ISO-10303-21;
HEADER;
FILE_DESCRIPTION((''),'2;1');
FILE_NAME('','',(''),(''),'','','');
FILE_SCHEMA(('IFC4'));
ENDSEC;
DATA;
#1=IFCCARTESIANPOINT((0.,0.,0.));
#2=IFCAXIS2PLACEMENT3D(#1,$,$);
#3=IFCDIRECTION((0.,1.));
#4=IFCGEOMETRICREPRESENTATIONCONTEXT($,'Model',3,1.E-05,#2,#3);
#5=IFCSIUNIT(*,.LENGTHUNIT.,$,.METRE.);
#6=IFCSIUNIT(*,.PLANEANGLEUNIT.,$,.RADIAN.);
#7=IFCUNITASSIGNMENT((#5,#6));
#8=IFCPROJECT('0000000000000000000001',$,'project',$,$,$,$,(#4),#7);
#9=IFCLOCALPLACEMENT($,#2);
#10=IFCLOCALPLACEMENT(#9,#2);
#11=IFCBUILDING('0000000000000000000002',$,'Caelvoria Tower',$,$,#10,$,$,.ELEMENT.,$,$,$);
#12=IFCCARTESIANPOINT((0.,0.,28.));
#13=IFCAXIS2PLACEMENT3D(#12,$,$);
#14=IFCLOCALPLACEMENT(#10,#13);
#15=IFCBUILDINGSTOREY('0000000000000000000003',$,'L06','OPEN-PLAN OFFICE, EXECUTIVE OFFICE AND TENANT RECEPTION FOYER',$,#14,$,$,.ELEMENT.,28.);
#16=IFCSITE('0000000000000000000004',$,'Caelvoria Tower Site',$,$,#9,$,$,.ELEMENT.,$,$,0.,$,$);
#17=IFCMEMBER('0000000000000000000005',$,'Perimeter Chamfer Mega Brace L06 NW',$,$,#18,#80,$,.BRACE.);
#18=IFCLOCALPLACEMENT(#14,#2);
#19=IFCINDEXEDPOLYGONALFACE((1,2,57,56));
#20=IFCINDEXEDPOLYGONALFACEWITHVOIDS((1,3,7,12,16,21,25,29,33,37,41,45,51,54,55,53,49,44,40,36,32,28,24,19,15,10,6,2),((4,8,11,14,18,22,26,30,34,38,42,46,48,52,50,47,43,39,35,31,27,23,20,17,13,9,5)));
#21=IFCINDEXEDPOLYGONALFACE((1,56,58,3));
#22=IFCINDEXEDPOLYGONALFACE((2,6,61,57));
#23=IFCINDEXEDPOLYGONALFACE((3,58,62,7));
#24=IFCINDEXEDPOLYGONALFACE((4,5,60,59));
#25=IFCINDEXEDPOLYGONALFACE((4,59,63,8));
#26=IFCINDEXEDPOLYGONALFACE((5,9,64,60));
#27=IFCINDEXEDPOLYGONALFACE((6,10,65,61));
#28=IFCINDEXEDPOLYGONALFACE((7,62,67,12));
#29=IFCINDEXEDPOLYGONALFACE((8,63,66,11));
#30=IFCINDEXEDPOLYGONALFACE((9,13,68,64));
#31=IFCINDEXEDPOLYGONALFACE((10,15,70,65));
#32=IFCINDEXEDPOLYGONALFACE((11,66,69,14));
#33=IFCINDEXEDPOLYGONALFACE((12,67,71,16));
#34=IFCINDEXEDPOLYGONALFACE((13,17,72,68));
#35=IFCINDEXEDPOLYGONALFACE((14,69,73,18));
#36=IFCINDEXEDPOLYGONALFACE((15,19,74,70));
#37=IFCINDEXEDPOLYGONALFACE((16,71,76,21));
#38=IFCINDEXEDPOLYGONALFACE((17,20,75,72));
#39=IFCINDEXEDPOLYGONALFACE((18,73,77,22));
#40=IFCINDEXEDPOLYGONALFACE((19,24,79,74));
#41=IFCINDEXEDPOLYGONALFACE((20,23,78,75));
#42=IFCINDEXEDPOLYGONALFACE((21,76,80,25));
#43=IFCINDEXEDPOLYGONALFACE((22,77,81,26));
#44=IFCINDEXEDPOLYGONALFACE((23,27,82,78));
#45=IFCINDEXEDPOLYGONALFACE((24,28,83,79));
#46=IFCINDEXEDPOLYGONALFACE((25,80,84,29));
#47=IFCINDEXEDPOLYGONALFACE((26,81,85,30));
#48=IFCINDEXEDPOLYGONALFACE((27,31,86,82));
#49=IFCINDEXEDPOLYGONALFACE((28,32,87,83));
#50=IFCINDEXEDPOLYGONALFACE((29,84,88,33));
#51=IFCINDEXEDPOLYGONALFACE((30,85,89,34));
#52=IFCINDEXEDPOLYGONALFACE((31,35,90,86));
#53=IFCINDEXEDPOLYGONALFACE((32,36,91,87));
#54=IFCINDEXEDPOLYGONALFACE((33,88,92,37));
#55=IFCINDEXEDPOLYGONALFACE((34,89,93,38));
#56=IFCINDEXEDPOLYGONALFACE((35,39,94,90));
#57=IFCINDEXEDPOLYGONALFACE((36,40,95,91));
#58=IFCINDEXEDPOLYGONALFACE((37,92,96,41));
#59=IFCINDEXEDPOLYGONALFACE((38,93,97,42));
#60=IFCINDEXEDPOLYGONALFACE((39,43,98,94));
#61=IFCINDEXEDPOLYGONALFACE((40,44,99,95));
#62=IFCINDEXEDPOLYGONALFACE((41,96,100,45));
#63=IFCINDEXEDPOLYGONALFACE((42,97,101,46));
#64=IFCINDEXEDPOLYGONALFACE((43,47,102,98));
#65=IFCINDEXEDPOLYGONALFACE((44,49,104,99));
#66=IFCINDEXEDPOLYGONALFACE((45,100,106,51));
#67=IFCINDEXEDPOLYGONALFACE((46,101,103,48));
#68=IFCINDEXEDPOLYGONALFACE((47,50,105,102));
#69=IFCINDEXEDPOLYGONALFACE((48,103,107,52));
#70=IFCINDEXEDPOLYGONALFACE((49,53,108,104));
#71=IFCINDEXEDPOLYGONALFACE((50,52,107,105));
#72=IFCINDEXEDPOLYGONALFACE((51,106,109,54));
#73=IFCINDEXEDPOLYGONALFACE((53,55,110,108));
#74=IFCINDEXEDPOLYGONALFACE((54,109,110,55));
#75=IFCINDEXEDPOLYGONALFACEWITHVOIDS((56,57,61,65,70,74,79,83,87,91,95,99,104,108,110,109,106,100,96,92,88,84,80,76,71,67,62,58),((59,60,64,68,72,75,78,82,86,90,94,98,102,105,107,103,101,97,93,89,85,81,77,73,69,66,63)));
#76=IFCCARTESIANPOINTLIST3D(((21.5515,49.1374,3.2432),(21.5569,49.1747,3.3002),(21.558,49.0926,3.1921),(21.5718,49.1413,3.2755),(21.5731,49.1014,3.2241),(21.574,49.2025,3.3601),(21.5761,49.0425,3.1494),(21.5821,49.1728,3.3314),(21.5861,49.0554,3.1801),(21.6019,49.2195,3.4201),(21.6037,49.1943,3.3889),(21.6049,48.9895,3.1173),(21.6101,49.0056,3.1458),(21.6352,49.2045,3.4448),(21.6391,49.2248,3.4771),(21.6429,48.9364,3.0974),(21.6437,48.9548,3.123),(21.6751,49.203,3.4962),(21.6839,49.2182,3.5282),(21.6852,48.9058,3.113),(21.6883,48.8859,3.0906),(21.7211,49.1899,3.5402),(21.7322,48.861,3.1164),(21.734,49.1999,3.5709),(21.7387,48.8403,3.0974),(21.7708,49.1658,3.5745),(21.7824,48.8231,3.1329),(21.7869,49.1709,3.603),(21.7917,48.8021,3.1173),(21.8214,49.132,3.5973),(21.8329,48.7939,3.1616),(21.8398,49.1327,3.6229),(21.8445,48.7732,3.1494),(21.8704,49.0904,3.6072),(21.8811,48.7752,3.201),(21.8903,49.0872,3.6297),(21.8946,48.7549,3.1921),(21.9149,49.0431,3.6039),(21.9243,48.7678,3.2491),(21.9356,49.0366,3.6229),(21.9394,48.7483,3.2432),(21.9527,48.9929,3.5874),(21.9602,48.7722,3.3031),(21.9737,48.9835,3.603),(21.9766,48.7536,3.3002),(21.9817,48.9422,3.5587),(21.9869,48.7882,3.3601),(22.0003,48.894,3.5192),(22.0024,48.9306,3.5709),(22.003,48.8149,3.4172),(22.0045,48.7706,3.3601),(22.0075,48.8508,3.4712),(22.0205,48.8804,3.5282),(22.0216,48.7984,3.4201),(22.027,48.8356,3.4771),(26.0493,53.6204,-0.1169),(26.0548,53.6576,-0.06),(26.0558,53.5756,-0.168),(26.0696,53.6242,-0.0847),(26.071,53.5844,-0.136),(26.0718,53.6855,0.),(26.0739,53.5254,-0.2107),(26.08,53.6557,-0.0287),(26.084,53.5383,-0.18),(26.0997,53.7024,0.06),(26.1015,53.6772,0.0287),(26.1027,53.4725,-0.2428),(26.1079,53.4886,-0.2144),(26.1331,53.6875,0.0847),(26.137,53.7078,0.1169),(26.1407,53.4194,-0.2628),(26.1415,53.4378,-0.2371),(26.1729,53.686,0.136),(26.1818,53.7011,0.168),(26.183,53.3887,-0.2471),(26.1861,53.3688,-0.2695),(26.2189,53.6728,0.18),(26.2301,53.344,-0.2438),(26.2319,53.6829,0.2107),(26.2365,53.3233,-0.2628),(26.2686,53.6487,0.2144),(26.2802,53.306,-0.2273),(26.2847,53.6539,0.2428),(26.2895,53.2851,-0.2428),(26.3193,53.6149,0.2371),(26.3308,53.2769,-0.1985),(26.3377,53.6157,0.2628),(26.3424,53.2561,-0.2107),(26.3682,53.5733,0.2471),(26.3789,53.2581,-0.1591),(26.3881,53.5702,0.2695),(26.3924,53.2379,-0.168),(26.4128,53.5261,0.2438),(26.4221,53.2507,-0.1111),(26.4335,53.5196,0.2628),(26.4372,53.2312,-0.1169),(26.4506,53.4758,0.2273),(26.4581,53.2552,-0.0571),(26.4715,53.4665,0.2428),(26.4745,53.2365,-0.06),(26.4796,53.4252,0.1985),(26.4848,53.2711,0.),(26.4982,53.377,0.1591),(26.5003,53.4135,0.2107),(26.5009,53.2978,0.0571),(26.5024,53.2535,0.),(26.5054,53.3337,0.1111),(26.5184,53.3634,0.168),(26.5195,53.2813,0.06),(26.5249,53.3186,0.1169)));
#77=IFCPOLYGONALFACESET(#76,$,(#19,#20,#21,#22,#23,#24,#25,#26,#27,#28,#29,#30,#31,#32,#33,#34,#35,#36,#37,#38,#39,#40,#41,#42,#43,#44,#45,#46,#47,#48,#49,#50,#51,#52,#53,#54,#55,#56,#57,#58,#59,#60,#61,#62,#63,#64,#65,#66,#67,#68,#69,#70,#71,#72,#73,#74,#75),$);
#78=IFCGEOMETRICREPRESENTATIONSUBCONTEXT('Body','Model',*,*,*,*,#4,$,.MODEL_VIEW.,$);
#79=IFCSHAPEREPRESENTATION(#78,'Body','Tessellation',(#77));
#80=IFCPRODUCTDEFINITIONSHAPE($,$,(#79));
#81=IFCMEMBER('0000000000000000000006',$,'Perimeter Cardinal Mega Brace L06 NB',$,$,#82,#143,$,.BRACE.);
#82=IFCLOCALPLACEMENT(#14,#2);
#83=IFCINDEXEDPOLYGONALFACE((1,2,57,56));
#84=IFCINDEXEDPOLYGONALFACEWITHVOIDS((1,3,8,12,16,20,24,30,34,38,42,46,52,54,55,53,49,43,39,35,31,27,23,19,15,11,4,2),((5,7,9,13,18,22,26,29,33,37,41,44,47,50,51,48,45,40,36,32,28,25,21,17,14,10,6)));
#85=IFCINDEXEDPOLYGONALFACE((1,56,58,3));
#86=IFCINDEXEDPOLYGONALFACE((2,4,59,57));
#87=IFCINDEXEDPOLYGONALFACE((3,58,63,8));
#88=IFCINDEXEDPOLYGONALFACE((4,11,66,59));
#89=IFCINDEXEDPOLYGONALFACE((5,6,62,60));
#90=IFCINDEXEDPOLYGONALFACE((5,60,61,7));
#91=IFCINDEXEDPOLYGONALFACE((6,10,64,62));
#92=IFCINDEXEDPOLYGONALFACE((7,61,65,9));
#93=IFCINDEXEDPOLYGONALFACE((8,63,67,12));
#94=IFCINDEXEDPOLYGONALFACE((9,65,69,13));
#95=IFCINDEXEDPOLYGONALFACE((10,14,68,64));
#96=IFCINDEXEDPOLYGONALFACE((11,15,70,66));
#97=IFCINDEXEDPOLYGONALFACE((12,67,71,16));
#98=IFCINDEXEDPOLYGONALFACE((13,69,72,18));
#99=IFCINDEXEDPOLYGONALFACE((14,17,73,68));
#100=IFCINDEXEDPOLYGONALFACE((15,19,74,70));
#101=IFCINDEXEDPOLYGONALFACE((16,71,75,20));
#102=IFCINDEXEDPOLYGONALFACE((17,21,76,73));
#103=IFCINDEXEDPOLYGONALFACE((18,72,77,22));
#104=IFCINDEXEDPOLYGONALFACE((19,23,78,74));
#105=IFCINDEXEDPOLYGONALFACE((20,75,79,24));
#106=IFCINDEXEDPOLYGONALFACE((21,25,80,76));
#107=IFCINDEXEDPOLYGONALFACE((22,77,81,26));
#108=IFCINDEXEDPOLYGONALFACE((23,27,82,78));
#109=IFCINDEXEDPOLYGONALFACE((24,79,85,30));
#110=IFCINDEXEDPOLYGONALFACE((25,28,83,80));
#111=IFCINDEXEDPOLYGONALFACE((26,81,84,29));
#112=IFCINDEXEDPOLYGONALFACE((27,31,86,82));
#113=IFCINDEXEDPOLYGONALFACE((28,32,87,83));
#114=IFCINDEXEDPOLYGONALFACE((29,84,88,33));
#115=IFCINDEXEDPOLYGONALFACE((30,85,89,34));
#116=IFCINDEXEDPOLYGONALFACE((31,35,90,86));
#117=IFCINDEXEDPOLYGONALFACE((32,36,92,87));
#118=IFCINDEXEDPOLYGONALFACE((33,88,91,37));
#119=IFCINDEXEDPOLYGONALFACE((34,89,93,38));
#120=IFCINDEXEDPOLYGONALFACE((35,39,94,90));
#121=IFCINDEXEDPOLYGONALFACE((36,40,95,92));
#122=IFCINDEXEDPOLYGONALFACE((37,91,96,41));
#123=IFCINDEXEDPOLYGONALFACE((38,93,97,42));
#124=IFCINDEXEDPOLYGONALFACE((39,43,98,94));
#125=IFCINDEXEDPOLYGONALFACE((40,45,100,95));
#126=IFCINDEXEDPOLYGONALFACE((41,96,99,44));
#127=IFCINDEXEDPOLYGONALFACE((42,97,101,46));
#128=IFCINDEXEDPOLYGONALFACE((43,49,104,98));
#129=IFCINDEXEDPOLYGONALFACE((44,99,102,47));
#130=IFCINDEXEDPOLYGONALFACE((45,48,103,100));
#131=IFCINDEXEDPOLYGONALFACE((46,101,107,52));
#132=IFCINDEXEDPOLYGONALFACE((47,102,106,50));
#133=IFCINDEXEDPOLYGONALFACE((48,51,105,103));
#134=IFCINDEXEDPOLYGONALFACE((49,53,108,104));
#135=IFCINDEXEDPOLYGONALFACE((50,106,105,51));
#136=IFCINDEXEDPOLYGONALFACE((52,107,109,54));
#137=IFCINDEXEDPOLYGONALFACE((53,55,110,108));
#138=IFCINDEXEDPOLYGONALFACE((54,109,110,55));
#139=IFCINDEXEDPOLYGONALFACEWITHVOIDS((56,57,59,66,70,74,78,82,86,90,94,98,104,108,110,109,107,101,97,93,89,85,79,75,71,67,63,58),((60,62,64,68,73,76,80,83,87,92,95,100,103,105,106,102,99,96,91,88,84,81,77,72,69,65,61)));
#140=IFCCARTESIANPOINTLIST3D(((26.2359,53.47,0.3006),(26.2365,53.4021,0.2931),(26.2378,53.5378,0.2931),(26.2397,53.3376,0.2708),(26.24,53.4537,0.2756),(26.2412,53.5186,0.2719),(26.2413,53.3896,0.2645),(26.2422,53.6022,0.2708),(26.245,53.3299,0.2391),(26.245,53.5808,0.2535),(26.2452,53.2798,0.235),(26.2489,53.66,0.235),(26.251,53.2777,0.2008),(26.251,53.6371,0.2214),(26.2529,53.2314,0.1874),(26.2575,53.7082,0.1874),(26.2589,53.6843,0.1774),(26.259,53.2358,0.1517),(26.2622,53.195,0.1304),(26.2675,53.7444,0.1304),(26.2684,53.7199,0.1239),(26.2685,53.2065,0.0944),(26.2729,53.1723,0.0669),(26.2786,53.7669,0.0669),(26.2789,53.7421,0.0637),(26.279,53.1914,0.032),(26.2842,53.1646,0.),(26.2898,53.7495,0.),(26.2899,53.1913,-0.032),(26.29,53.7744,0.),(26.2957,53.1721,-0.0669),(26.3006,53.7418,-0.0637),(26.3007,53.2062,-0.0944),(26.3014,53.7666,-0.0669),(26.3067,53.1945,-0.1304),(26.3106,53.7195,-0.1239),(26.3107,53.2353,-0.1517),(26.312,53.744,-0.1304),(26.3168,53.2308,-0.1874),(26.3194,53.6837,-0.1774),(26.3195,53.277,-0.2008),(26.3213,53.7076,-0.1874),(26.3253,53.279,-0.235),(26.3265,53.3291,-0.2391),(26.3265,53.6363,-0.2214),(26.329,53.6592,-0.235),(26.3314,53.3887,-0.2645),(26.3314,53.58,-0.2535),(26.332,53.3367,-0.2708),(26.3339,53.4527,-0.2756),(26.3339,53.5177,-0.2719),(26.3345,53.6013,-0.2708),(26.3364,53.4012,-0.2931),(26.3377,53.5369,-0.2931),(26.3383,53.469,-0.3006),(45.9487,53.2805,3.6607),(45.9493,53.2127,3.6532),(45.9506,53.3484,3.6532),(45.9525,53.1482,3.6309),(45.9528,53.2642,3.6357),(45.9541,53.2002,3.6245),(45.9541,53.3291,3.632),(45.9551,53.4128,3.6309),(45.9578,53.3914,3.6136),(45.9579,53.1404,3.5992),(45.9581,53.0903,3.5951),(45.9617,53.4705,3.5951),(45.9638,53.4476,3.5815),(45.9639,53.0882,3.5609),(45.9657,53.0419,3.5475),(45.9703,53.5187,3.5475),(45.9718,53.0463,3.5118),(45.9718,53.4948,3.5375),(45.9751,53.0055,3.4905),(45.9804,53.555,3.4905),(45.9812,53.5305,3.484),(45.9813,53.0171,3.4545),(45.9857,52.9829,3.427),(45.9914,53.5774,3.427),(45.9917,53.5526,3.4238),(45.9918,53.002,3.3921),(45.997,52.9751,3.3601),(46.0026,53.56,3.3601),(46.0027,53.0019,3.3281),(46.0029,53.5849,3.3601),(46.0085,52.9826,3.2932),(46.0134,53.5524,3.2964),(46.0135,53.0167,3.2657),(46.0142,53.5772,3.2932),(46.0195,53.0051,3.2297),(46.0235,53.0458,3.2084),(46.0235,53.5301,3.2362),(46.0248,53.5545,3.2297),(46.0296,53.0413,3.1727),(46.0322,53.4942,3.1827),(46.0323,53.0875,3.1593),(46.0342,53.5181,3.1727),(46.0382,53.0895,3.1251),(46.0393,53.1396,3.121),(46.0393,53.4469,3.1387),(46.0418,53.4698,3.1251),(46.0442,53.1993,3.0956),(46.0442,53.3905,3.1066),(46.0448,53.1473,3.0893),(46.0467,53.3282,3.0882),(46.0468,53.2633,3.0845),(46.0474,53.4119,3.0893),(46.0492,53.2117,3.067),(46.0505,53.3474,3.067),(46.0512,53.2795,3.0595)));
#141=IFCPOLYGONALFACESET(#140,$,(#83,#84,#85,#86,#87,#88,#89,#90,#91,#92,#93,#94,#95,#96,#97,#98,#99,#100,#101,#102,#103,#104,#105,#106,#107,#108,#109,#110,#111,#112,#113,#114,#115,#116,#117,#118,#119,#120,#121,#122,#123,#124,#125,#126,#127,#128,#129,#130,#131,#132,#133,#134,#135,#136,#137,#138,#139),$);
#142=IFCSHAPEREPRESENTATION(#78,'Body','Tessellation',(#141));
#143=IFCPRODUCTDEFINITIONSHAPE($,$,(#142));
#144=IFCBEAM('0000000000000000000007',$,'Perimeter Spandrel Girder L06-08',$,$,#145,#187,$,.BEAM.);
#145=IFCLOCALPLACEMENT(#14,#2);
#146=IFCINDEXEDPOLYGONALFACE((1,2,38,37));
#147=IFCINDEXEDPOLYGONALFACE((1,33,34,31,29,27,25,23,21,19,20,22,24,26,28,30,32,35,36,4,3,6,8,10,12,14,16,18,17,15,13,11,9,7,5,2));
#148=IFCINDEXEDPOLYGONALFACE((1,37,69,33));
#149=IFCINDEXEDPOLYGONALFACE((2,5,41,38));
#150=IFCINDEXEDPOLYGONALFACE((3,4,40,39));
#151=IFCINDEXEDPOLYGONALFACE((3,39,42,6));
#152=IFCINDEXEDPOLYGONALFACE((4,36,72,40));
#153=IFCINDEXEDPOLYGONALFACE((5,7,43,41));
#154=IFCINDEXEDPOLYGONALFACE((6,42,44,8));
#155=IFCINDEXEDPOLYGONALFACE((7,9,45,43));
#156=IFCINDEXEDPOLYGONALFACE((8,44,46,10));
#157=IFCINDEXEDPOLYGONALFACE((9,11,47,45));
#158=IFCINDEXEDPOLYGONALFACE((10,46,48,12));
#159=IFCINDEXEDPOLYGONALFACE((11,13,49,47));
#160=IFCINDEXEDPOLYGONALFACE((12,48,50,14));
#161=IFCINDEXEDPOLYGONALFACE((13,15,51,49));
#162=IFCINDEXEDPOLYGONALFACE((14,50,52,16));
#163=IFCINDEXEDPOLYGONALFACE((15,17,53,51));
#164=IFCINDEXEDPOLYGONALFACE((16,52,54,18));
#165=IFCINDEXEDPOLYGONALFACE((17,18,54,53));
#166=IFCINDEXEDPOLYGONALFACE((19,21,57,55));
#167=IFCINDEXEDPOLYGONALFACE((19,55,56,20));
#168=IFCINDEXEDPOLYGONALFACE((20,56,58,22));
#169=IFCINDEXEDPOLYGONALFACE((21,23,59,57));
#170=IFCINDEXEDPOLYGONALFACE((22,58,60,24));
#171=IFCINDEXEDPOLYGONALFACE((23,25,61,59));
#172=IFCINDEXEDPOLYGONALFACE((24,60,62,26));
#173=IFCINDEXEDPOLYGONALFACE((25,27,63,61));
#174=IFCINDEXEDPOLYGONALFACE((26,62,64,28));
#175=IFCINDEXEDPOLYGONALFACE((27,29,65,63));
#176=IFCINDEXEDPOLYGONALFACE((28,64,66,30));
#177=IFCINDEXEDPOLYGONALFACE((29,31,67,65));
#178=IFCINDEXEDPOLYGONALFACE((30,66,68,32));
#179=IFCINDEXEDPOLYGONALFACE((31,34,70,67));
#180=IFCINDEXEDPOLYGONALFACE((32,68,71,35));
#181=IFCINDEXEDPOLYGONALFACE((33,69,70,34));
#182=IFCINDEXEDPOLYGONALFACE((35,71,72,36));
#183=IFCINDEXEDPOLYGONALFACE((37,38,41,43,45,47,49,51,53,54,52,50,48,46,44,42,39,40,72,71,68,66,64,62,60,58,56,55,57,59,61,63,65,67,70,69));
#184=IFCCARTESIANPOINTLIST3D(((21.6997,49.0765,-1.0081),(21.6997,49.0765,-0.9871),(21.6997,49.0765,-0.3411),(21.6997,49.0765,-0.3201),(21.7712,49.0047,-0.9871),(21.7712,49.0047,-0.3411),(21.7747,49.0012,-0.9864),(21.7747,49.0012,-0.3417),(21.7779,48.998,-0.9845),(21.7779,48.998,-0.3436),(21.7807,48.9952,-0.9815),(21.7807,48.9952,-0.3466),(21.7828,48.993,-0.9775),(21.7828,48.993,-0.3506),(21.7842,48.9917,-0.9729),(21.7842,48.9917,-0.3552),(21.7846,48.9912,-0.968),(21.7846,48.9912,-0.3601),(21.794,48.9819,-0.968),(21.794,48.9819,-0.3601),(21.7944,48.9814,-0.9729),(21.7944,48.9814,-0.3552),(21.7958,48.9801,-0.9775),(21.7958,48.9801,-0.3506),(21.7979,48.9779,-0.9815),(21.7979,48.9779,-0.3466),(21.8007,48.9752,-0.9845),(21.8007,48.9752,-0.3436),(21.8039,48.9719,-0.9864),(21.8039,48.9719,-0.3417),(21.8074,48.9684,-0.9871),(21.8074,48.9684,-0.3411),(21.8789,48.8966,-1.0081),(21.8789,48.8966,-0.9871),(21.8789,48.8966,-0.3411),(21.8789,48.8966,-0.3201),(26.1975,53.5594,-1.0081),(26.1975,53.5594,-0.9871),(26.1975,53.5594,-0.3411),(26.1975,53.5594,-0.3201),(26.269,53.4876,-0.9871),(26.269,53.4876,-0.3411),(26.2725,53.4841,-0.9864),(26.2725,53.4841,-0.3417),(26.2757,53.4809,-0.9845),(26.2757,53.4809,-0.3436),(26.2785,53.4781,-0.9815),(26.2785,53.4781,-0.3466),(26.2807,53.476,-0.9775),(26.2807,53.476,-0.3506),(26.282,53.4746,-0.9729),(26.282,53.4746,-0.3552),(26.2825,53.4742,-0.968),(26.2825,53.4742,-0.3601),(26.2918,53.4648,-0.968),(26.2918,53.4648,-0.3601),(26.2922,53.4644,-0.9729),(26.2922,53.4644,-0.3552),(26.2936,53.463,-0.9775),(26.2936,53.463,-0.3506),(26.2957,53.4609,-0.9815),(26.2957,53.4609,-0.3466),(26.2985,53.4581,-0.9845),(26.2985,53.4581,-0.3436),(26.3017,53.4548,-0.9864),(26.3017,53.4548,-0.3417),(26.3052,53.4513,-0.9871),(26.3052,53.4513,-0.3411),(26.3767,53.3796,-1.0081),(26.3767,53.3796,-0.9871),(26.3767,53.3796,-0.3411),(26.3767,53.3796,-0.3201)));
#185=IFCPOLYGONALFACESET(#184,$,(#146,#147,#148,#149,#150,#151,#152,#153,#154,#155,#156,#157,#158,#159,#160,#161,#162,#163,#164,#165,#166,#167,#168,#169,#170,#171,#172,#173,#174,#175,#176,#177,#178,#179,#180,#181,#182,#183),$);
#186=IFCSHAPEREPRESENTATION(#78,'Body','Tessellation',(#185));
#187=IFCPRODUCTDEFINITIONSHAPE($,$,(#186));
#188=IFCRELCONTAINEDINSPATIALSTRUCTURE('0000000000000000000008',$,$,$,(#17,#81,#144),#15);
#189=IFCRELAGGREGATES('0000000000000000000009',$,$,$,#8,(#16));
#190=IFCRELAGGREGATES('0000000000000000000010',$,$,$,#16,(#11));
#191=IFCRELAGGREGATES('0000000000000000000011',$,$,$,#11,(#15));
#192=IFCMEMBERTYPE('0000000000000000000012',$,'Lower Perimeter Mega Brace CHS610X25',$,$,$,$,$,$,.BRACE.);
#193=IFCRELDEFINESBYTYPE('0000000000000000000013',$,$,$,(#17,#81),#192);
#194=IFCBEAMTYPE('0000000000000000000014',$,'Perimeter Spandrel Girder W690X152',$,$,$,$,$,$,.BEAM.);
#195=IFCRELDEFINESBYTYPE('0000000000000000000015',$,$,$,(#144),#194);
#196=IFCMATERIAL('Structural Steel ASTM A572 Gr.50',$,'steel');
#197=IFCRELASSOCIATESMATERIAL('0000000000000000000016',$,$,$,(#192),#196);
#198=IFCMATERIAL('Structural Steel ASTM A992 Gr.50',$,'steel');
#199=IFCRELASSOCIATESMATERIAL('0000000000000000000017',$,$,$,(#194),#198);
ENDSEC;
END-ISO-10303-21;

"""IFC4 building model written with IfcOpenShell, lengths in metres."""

from ifc_helpers import new_model, si_unit, direction, frame, origin, origin_2d, place, context, subcontext, project, spatial, hollow_circle, i_section, extrude, material, material_profile, profile_set, type_object, element, save


model = new_model("IFC4")

# Units and contexts
model_context = context("Model", 3, precision=1e-05, world=origin(), true_north=direction((0.0, 1.0)))
body_context = subcontext(model_context, "Body", "Model", "MODEL_VIEW")
ifc_project = project(units=[si_unit("LENGTHUNIT", "METRE"), si_unit("PLANEANGLEUNIT", "RADIAN")], contexts=[model_context])

# Site, building, storey
site_placement = place(None, origin())
site = spatial("IfcSite", under=ifc_project, at=site_placement, Name="Caelvoria Tower Site", CompositionType="ELEMENT", RefElevation=0.0)
building_placement = place(site_placement, origin())
building = spatial("IfcBuilding", under=site, at=building_placement, Name="Caelvoria Tower", CompositionType="ELEMENT")
storey_placement = place(building_placement, frame((0.0, 0.0, 28.0)))
storey = spatial("IfcBuildingStorey", under=building, at=storey_placement, Name="L06", Description="OPEN-PLAN OFFICE, EXECUTIVE OFFICE AND TENANT RECEPTION FOYER", CompositionType="ELEMENT", Elevation=28.0)

# Shared definitions
ifc_material_1 = material(Name="Structural Steel ASTM A572 Gr.50", Category="steel")

# Members
ifc_material_profile_1 = material_profile(ifc_material_1, hollow_circle(Radius=0.3049, WallThickness=0.0249, at=origin_2d()), Name="Structural Steel ASTM A572 Gr.50")
ifc_profile_set_1 = profile_set([ifc_material_profile_1], Name="CHS610X25 - Structural Steel ASTM A572 Gr.50")
member_type_1 = type_object("IfcMemberType", Name="Lower Perimeter Mega Brace CHS610X25", PredefinedType="BRACE", material=ifc_profile_set_1)
member_1_placement = place(storey_placement, frame((26.2871, 53.4695, 0.0), z_axis=(-0.626043, -0.62397, 0.467688), x_axis=(0.705933, -0.708278, 0.0)))
element("IfcMember", 1, at=member_1_placement, inside=storey, type_object=member_type_1, Name="Perimeter Chamfer Mega Brace L06 NW", PredefinedType="BRACE", context=body_context, shape_type="SweptSolid", body=[
    extrude(hollow_circle(Radius=0.3049, WallThickness=0.0249, at=origin_2d()), origin(), (0.0, 0.0, 1.0), 7.1846),
])
member_2_placement = place(storey_placement, frame((26.2871, 53.4695, 0.0), z_axis=(0.985738, -0.009474, 0.168021), x_axis=(0.00961, 0.999954, 0.0)))
element("IfcMember", 2, at=member_2_placement, inside=storey, type_object=member_type_1, Name="Perimeter Cardinal Mega Brace L06 NB", PredefinedType="BRACE", context=body_context, shape_type="SweptSolid", body=[
    extrude(hollow_circle(Radius=0.3049, WallThickness=0.0249, at=origin_2d()), origin(), (0.0, 0.0, 1.0), 19.998),
])

# Beam
ifc_material_2 = material(Name="Structural Steel ASTM A992 Gr.50", Category="steel")
ifc_material_profile_2 = material_profile(ifc_material_2, i_section(OverallWidth=0.2539, OverallDepth=0.688, WebThickness=0.0132, FlangeThickness=0.021, FilletRadius=0.019, at=origin_2d()), Name="Structural Steel ASTM A992 Gr.50")
ifc_profile_set_2 = profile_set([ifc_material_profile_2], Name="W690X152 - Structural Steel ASTM A992 Gr.50")
beam_type = type_object("IfcBeamType", Name="Perimeter Spandrel Girder W690X152", PredefinedType="BEAM", material=ifc_profile_set_2)
beam_placement = place(storey_placement, frame((26.2871, 53.4695, -0.6641), z_axis=(-0.708278, -0.705933, 0.0), x_axis=(0.705933, -0.708278, 0.0)))
element("IfcBeam", 3, at=beam_placement, inside=storey, type_object=beam_type, Name="Perimeter Spandrel Girder L06-08", PredefinedType="BEAM", context=body_context, shape_type="SweptSolid", body=[
    extrude(i_section(OverallWidth=0.2539, OverallDepth=0.688, WebThickness=0.0132, FlangeThickness=0.021, FilletRadius=0.019, at=origin_2d()), origin(), (0.0, 0.0, 1.0), 6.3503),
])

save(model, "model.ifc")
